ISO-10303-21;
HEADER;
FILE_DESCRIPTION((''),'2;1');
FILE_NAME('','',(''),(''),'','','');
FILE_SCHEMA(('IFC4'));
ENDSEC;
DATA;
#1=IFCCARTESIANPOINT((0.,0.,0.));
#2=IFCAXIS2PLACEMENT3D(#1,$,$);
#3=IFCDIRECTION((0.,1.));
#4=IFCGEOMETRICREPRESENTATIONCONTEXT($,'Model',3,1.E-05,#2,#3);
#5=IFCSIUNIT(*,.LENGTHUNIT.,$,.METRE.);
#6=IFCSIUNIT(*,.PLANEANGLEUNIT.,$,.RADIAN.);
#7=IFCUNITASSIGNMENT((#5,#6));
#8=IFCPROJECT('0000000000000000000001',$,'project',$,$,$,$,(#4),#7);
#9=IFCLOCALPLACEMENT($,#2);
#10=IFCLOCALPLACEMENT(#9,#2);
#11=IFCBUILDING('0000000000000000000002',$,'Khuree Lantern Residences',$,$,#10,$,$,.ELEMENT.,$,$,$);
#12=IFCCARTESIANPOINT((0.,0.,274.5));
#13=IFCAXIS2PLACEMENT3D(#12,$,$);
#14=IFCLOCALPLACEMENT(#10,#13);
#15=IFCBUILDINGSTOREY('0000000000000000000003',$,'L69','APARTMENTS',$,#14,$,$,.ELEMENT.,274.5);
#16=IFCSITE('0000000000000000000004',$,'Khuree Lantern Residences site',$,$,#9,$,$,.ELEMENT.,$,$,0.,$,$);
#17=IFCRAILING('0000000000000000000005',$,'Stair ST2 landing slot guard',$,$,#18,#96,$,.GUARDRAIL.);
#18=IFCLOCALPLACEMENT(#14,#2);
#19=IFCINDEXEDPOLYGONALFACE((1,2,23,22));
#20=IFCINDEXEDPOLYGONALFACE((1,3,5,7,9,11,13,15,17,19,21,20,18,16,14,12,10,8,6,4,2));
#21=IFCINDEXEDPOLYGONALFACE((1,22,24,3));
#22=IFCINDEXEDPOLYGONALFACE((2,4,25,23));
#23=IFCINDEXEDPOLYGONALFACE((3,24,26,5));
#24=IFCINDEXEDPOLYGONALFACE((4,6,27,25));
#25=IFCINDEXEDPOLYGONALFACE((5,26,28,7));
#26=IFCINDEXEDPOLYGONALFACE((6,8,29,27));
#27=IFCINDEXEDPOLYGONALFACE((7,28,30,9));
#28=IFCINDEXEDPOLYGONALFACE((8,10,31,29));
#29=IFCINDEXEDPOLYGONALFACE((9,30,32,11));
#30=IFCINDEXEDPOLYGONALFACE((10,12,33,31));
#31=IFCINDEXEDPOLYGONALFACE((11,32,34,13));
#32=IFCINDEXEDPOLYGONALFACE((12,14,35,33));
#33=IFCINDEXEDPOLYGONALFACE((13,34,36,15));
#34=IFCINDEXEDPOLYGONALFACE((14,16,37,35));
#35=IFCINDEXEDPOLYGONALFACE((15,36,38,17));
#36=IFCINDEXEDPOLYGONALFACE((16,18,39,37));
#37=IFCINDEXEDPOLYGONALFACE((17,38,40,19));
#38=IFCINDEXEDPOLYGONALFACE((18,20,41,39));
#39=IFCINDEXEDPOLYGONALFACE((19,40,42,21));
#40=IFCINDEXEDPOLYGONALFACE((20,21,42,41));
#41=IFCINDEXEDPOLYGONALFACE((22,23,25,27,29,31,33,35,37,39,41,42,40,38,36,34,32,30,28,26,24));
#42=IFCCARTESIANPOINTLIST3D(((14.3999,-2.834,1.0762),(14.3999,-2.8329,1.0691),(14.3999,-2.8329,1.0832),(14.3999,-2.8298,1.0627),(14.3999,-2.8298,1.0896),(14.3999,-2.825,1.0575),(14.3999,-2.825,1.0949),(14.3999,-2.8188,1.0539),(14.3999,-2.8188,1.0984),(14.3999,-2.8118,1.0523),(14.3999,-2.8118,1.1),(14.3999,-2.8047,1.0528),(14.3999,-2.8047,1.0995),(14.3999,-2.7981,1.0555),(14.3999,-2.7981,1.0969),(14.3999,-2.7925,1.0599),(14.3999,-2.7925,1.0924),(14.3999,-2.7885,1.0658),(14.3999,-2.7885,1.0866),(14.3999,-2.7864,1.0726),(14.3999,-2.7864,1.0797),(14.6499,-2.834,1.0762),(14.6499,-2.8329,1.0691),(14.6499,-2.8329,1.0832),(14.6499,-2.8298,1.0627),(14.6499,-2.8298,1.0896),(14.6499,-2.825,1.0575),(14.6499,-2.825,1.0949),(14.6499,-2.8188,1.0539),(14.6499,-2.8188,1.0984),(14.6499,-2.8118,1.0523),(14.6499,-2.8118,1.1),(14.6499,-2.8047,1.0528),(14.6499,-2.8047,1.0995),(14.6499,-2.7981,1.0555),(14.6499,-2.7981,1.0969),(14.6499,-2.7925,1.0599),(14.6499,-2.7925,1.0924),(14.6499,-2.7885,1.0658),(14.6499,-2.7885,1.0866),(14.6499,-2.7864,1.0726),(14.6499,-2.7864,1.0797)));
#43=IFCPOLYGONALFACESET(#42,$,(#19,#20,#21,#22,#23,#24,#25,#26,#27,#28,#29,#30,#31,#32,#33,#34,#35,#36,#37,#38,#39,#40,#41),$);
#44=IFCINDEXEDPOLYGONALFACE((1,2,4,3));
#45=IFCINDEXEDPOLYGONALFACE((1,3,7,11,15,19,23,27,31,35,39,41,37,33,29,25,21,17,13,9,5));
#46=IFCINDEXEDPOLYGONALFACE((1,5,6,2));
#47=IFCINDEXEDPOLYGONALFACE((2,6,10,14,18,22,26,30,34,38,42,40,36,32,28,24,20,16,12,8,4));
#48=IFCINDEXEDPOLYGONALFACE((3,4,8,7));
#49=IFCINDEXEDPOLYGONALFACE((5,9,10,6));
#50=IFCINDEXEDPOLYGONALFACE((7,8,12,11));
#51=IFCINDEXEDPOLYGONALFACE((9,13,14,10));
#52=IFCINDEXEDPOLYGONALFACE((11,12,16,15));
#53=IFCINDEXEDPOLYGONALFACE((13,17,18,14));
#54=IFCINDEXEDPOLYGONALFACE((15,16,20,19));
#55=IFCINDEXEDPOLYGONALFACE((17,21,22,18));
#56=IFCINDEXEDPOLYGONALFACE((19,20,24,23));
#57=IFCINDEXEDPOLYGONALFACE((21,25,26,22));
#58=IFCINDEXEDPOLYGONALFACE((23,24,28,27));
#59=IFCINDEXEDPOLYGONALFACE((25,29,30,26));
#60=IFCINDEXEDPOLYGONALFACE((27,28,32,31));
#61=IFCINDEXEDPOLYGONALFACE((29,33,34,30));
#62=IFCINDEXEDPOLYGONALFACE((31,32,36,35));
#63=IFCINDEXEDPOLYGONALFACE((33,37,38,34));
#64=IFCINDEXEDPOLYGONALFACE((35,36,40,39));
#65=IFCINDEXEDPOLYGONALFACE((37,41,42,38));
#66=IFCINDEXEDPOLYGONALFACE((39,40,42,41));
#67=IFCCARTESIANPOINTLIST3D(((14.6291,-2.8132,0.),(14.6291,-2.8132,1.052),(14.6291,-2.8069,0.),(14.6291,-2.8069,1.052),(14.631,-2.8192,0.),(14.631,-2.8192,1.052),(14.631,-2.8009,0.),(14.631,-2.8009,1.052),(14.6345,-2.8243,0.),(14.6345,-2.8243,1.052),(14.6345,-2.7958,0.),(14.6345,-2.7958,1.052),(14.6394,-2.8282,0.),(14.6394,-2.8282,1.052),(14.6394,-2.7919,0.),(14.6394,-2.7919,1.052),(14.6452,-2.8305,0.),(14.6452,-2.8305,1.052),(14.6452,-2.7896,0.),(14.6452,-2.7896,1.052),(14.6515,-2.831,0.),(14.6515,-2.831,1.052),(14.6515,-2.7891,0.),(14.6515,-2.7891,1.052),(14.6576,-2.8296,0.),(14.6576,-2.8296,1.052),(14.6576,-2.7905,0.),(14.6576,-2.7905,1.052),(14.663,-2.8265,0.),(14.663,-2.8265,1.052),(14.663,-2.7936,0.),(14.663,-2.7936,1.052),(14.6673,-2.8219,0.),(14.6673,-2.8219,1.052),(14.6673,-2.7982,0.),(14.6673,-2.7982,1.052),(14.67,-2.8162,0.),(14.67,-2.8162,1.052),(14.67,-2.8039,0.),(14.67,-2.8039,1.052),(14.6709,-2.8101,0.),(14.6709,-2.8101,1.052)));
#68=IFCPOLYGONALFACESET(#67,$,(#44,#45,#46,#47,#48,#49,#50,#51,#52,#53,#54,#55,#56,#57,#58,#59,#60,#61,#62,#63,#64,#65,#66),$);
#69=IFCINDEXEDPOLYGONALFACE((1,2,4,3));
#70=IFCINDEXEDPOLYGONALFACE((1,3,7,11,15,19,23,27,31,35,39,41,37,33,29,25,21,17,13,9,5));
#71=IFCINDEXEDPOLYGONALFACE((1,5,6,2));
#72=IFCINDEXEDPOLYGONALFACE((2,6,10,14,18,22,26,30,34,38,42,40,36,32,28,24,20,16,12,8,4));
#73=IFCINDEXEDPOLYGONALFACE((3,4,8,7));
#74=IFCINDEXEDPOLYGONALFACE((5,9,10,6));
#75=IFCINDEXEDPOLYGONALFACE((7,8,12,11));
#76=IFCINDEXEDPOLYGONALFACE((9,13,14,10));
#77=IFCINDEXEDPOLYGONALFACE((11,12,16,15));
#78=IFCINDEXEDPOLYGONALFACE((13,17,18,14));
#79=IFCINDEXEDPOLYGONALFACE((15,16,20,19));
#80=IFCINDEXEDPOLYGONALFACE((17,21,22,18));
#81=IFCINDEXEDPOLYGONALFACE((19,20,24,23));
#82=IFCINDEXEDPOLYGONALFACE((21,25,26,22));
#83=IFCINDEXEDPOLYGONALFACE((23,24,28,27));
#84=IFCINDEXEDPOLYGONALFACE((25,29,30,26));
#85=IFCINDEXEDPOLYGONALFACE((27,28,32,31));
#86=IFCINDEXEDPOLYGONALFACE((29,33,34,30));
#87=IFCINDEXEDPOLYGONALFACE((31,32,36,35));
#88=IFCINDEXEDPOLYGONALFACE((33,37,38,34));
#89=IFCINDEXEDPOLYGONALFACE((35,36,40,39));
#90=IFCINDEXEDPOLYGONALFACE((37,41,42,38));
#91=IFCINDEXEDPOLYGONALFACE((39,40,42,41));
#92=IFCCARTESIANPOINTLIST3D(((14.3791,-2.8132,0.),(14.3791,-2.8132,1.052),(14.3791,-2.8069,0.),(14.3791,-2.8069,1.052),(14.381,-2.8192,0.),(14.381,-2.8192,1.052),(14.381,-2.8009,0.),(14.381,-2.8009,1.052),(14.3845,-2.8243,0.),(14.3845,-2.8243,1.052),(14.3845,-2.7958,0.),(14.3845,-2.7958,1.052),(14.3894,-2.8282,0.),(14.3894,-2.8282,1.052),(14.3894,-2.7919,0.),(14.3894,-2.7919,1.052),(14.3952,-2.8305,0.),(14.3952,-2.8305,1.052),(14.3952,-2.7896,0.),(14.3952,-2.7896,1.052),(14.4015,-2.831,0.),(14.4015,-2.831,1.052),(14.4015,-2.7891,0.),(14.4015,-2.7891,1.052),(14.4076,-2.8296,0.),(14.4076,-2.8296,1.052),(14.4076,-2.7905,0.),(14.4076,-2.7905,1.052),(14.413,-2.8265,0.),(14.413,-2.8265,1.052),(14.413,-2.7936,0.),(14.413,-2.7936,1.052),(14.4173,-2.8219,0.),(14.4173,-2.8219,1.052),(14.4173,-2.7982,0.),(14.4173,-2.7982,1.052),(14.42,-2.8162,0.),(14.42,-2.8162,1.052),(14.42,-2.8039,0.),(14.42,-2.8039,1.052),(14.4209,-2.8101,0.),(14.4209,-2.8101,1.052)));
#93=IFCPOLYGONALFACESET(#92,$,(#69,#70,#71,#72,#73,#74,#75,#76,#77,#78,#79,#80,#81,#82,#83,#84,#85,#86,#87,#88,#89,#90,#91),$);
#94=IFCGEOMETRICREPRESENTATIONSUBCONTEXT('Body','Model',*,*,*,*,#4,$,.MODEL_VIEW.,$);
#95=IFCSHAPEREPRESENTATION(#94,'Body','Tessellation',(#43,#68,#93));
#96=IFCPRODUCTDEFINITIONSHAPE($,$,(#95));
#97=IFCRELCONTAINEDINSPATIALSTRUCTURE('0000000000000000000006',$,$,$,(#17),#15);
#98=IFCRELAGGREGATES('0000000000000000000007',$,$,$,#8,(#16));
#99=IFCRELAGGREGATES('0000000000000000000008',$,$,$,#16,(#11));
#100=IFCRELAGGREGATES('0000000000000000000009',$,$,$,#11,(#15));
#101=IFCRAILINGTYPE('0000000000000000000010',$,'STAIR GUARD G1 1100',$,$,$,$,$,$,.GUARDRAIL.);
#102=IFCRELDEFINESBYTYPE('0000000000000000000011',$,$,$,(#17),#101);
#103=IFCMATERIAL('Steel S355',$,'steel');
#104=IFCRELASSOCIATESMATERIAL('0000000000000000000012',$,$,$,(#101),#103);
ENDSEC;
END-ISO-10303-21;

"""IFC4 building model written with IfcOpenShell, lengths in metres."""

from ifc_helpers import new_model, si_unit, direction, frame, origin, origin_2d, place, context, subcontext, project, spatial, circle, extrude, material, type_object, element, save


model = new_model("IFC4")

# Units and contexts
model_context = context("Model", 3, precision=1e-05, world=origin(), true_north=direction((0.0, 1.0)))
body_context = subcontext(model_context, "Body", "Model", "MODEL_VIEW")
ifc_project = project(units=[si_unit("LENGTHUNIT", "METRE"), si_unit("PLANEANGLEUNIT", "RADIAN")], contexts=[model_context])

# Site, building, storey
site_placement = place(None, origin())
site = spatial("IfcSite", under=ifc_project, at=site_placement, Name="Khuree Lantern Residences site", CompositionType="ELEMENT", RefElevation=0.0)
building_placement = place(site_placement, origin())
building = spatial("IfcBuilding", under=site, at=building_placement, Name="Khuree Lantern Residences", CompositionType="ELEMENT")
storey_placement = place(building_placement, frame((0.0, 0.0, 274.5)))
storey = spatial("IfcBuildingStorey", under=building, at=storey_placement, Name="L69", Description="APARTMENTS", CompositionType="ELEMENT", Elevation=274.5)

# Railing
ifc_material_1 = material(Name="Steel S355", Category="steel")
railing_type_1 = type_object("IfcRailingType", Name="STAIR GUARD G1 1100", PredefinedType="GUARDRAIL", material=ifc_material_1)
railing_1_placement = place(storey_placement, frame((14.6499, -2.8101, 0.0)))
element("IfcRailing", 1, at=railing_1_placement, inside=storey, type_object=railing_type_1, Name="Stair ST2 landing slot guard", PredefinedType="GUARDRAIL", context=body_context, shape_type="SweptSolid", body=[
    extrude(circle(Radius=0.0239, at=origin_2d()), frame((0.0, 0.0, 1.0762), z_axis=(-1.0, 0.0, 0.0), x_axis=(0.0, -1.0, 0.0)), (0.0, 0.0, 1.0), 0.25),
    extrude(circle(Radius=0.021, at=origin_2d()), origin(), (0.0, 0.0, 1.0), 1.052),
    extrude(circle(Radius=0.021, at=origin_2d()), frame((-0.25, 0.0, 0.0)), (0.0, 0.0, 1.0), 1.052),
])

save(model, "model.ifc")
